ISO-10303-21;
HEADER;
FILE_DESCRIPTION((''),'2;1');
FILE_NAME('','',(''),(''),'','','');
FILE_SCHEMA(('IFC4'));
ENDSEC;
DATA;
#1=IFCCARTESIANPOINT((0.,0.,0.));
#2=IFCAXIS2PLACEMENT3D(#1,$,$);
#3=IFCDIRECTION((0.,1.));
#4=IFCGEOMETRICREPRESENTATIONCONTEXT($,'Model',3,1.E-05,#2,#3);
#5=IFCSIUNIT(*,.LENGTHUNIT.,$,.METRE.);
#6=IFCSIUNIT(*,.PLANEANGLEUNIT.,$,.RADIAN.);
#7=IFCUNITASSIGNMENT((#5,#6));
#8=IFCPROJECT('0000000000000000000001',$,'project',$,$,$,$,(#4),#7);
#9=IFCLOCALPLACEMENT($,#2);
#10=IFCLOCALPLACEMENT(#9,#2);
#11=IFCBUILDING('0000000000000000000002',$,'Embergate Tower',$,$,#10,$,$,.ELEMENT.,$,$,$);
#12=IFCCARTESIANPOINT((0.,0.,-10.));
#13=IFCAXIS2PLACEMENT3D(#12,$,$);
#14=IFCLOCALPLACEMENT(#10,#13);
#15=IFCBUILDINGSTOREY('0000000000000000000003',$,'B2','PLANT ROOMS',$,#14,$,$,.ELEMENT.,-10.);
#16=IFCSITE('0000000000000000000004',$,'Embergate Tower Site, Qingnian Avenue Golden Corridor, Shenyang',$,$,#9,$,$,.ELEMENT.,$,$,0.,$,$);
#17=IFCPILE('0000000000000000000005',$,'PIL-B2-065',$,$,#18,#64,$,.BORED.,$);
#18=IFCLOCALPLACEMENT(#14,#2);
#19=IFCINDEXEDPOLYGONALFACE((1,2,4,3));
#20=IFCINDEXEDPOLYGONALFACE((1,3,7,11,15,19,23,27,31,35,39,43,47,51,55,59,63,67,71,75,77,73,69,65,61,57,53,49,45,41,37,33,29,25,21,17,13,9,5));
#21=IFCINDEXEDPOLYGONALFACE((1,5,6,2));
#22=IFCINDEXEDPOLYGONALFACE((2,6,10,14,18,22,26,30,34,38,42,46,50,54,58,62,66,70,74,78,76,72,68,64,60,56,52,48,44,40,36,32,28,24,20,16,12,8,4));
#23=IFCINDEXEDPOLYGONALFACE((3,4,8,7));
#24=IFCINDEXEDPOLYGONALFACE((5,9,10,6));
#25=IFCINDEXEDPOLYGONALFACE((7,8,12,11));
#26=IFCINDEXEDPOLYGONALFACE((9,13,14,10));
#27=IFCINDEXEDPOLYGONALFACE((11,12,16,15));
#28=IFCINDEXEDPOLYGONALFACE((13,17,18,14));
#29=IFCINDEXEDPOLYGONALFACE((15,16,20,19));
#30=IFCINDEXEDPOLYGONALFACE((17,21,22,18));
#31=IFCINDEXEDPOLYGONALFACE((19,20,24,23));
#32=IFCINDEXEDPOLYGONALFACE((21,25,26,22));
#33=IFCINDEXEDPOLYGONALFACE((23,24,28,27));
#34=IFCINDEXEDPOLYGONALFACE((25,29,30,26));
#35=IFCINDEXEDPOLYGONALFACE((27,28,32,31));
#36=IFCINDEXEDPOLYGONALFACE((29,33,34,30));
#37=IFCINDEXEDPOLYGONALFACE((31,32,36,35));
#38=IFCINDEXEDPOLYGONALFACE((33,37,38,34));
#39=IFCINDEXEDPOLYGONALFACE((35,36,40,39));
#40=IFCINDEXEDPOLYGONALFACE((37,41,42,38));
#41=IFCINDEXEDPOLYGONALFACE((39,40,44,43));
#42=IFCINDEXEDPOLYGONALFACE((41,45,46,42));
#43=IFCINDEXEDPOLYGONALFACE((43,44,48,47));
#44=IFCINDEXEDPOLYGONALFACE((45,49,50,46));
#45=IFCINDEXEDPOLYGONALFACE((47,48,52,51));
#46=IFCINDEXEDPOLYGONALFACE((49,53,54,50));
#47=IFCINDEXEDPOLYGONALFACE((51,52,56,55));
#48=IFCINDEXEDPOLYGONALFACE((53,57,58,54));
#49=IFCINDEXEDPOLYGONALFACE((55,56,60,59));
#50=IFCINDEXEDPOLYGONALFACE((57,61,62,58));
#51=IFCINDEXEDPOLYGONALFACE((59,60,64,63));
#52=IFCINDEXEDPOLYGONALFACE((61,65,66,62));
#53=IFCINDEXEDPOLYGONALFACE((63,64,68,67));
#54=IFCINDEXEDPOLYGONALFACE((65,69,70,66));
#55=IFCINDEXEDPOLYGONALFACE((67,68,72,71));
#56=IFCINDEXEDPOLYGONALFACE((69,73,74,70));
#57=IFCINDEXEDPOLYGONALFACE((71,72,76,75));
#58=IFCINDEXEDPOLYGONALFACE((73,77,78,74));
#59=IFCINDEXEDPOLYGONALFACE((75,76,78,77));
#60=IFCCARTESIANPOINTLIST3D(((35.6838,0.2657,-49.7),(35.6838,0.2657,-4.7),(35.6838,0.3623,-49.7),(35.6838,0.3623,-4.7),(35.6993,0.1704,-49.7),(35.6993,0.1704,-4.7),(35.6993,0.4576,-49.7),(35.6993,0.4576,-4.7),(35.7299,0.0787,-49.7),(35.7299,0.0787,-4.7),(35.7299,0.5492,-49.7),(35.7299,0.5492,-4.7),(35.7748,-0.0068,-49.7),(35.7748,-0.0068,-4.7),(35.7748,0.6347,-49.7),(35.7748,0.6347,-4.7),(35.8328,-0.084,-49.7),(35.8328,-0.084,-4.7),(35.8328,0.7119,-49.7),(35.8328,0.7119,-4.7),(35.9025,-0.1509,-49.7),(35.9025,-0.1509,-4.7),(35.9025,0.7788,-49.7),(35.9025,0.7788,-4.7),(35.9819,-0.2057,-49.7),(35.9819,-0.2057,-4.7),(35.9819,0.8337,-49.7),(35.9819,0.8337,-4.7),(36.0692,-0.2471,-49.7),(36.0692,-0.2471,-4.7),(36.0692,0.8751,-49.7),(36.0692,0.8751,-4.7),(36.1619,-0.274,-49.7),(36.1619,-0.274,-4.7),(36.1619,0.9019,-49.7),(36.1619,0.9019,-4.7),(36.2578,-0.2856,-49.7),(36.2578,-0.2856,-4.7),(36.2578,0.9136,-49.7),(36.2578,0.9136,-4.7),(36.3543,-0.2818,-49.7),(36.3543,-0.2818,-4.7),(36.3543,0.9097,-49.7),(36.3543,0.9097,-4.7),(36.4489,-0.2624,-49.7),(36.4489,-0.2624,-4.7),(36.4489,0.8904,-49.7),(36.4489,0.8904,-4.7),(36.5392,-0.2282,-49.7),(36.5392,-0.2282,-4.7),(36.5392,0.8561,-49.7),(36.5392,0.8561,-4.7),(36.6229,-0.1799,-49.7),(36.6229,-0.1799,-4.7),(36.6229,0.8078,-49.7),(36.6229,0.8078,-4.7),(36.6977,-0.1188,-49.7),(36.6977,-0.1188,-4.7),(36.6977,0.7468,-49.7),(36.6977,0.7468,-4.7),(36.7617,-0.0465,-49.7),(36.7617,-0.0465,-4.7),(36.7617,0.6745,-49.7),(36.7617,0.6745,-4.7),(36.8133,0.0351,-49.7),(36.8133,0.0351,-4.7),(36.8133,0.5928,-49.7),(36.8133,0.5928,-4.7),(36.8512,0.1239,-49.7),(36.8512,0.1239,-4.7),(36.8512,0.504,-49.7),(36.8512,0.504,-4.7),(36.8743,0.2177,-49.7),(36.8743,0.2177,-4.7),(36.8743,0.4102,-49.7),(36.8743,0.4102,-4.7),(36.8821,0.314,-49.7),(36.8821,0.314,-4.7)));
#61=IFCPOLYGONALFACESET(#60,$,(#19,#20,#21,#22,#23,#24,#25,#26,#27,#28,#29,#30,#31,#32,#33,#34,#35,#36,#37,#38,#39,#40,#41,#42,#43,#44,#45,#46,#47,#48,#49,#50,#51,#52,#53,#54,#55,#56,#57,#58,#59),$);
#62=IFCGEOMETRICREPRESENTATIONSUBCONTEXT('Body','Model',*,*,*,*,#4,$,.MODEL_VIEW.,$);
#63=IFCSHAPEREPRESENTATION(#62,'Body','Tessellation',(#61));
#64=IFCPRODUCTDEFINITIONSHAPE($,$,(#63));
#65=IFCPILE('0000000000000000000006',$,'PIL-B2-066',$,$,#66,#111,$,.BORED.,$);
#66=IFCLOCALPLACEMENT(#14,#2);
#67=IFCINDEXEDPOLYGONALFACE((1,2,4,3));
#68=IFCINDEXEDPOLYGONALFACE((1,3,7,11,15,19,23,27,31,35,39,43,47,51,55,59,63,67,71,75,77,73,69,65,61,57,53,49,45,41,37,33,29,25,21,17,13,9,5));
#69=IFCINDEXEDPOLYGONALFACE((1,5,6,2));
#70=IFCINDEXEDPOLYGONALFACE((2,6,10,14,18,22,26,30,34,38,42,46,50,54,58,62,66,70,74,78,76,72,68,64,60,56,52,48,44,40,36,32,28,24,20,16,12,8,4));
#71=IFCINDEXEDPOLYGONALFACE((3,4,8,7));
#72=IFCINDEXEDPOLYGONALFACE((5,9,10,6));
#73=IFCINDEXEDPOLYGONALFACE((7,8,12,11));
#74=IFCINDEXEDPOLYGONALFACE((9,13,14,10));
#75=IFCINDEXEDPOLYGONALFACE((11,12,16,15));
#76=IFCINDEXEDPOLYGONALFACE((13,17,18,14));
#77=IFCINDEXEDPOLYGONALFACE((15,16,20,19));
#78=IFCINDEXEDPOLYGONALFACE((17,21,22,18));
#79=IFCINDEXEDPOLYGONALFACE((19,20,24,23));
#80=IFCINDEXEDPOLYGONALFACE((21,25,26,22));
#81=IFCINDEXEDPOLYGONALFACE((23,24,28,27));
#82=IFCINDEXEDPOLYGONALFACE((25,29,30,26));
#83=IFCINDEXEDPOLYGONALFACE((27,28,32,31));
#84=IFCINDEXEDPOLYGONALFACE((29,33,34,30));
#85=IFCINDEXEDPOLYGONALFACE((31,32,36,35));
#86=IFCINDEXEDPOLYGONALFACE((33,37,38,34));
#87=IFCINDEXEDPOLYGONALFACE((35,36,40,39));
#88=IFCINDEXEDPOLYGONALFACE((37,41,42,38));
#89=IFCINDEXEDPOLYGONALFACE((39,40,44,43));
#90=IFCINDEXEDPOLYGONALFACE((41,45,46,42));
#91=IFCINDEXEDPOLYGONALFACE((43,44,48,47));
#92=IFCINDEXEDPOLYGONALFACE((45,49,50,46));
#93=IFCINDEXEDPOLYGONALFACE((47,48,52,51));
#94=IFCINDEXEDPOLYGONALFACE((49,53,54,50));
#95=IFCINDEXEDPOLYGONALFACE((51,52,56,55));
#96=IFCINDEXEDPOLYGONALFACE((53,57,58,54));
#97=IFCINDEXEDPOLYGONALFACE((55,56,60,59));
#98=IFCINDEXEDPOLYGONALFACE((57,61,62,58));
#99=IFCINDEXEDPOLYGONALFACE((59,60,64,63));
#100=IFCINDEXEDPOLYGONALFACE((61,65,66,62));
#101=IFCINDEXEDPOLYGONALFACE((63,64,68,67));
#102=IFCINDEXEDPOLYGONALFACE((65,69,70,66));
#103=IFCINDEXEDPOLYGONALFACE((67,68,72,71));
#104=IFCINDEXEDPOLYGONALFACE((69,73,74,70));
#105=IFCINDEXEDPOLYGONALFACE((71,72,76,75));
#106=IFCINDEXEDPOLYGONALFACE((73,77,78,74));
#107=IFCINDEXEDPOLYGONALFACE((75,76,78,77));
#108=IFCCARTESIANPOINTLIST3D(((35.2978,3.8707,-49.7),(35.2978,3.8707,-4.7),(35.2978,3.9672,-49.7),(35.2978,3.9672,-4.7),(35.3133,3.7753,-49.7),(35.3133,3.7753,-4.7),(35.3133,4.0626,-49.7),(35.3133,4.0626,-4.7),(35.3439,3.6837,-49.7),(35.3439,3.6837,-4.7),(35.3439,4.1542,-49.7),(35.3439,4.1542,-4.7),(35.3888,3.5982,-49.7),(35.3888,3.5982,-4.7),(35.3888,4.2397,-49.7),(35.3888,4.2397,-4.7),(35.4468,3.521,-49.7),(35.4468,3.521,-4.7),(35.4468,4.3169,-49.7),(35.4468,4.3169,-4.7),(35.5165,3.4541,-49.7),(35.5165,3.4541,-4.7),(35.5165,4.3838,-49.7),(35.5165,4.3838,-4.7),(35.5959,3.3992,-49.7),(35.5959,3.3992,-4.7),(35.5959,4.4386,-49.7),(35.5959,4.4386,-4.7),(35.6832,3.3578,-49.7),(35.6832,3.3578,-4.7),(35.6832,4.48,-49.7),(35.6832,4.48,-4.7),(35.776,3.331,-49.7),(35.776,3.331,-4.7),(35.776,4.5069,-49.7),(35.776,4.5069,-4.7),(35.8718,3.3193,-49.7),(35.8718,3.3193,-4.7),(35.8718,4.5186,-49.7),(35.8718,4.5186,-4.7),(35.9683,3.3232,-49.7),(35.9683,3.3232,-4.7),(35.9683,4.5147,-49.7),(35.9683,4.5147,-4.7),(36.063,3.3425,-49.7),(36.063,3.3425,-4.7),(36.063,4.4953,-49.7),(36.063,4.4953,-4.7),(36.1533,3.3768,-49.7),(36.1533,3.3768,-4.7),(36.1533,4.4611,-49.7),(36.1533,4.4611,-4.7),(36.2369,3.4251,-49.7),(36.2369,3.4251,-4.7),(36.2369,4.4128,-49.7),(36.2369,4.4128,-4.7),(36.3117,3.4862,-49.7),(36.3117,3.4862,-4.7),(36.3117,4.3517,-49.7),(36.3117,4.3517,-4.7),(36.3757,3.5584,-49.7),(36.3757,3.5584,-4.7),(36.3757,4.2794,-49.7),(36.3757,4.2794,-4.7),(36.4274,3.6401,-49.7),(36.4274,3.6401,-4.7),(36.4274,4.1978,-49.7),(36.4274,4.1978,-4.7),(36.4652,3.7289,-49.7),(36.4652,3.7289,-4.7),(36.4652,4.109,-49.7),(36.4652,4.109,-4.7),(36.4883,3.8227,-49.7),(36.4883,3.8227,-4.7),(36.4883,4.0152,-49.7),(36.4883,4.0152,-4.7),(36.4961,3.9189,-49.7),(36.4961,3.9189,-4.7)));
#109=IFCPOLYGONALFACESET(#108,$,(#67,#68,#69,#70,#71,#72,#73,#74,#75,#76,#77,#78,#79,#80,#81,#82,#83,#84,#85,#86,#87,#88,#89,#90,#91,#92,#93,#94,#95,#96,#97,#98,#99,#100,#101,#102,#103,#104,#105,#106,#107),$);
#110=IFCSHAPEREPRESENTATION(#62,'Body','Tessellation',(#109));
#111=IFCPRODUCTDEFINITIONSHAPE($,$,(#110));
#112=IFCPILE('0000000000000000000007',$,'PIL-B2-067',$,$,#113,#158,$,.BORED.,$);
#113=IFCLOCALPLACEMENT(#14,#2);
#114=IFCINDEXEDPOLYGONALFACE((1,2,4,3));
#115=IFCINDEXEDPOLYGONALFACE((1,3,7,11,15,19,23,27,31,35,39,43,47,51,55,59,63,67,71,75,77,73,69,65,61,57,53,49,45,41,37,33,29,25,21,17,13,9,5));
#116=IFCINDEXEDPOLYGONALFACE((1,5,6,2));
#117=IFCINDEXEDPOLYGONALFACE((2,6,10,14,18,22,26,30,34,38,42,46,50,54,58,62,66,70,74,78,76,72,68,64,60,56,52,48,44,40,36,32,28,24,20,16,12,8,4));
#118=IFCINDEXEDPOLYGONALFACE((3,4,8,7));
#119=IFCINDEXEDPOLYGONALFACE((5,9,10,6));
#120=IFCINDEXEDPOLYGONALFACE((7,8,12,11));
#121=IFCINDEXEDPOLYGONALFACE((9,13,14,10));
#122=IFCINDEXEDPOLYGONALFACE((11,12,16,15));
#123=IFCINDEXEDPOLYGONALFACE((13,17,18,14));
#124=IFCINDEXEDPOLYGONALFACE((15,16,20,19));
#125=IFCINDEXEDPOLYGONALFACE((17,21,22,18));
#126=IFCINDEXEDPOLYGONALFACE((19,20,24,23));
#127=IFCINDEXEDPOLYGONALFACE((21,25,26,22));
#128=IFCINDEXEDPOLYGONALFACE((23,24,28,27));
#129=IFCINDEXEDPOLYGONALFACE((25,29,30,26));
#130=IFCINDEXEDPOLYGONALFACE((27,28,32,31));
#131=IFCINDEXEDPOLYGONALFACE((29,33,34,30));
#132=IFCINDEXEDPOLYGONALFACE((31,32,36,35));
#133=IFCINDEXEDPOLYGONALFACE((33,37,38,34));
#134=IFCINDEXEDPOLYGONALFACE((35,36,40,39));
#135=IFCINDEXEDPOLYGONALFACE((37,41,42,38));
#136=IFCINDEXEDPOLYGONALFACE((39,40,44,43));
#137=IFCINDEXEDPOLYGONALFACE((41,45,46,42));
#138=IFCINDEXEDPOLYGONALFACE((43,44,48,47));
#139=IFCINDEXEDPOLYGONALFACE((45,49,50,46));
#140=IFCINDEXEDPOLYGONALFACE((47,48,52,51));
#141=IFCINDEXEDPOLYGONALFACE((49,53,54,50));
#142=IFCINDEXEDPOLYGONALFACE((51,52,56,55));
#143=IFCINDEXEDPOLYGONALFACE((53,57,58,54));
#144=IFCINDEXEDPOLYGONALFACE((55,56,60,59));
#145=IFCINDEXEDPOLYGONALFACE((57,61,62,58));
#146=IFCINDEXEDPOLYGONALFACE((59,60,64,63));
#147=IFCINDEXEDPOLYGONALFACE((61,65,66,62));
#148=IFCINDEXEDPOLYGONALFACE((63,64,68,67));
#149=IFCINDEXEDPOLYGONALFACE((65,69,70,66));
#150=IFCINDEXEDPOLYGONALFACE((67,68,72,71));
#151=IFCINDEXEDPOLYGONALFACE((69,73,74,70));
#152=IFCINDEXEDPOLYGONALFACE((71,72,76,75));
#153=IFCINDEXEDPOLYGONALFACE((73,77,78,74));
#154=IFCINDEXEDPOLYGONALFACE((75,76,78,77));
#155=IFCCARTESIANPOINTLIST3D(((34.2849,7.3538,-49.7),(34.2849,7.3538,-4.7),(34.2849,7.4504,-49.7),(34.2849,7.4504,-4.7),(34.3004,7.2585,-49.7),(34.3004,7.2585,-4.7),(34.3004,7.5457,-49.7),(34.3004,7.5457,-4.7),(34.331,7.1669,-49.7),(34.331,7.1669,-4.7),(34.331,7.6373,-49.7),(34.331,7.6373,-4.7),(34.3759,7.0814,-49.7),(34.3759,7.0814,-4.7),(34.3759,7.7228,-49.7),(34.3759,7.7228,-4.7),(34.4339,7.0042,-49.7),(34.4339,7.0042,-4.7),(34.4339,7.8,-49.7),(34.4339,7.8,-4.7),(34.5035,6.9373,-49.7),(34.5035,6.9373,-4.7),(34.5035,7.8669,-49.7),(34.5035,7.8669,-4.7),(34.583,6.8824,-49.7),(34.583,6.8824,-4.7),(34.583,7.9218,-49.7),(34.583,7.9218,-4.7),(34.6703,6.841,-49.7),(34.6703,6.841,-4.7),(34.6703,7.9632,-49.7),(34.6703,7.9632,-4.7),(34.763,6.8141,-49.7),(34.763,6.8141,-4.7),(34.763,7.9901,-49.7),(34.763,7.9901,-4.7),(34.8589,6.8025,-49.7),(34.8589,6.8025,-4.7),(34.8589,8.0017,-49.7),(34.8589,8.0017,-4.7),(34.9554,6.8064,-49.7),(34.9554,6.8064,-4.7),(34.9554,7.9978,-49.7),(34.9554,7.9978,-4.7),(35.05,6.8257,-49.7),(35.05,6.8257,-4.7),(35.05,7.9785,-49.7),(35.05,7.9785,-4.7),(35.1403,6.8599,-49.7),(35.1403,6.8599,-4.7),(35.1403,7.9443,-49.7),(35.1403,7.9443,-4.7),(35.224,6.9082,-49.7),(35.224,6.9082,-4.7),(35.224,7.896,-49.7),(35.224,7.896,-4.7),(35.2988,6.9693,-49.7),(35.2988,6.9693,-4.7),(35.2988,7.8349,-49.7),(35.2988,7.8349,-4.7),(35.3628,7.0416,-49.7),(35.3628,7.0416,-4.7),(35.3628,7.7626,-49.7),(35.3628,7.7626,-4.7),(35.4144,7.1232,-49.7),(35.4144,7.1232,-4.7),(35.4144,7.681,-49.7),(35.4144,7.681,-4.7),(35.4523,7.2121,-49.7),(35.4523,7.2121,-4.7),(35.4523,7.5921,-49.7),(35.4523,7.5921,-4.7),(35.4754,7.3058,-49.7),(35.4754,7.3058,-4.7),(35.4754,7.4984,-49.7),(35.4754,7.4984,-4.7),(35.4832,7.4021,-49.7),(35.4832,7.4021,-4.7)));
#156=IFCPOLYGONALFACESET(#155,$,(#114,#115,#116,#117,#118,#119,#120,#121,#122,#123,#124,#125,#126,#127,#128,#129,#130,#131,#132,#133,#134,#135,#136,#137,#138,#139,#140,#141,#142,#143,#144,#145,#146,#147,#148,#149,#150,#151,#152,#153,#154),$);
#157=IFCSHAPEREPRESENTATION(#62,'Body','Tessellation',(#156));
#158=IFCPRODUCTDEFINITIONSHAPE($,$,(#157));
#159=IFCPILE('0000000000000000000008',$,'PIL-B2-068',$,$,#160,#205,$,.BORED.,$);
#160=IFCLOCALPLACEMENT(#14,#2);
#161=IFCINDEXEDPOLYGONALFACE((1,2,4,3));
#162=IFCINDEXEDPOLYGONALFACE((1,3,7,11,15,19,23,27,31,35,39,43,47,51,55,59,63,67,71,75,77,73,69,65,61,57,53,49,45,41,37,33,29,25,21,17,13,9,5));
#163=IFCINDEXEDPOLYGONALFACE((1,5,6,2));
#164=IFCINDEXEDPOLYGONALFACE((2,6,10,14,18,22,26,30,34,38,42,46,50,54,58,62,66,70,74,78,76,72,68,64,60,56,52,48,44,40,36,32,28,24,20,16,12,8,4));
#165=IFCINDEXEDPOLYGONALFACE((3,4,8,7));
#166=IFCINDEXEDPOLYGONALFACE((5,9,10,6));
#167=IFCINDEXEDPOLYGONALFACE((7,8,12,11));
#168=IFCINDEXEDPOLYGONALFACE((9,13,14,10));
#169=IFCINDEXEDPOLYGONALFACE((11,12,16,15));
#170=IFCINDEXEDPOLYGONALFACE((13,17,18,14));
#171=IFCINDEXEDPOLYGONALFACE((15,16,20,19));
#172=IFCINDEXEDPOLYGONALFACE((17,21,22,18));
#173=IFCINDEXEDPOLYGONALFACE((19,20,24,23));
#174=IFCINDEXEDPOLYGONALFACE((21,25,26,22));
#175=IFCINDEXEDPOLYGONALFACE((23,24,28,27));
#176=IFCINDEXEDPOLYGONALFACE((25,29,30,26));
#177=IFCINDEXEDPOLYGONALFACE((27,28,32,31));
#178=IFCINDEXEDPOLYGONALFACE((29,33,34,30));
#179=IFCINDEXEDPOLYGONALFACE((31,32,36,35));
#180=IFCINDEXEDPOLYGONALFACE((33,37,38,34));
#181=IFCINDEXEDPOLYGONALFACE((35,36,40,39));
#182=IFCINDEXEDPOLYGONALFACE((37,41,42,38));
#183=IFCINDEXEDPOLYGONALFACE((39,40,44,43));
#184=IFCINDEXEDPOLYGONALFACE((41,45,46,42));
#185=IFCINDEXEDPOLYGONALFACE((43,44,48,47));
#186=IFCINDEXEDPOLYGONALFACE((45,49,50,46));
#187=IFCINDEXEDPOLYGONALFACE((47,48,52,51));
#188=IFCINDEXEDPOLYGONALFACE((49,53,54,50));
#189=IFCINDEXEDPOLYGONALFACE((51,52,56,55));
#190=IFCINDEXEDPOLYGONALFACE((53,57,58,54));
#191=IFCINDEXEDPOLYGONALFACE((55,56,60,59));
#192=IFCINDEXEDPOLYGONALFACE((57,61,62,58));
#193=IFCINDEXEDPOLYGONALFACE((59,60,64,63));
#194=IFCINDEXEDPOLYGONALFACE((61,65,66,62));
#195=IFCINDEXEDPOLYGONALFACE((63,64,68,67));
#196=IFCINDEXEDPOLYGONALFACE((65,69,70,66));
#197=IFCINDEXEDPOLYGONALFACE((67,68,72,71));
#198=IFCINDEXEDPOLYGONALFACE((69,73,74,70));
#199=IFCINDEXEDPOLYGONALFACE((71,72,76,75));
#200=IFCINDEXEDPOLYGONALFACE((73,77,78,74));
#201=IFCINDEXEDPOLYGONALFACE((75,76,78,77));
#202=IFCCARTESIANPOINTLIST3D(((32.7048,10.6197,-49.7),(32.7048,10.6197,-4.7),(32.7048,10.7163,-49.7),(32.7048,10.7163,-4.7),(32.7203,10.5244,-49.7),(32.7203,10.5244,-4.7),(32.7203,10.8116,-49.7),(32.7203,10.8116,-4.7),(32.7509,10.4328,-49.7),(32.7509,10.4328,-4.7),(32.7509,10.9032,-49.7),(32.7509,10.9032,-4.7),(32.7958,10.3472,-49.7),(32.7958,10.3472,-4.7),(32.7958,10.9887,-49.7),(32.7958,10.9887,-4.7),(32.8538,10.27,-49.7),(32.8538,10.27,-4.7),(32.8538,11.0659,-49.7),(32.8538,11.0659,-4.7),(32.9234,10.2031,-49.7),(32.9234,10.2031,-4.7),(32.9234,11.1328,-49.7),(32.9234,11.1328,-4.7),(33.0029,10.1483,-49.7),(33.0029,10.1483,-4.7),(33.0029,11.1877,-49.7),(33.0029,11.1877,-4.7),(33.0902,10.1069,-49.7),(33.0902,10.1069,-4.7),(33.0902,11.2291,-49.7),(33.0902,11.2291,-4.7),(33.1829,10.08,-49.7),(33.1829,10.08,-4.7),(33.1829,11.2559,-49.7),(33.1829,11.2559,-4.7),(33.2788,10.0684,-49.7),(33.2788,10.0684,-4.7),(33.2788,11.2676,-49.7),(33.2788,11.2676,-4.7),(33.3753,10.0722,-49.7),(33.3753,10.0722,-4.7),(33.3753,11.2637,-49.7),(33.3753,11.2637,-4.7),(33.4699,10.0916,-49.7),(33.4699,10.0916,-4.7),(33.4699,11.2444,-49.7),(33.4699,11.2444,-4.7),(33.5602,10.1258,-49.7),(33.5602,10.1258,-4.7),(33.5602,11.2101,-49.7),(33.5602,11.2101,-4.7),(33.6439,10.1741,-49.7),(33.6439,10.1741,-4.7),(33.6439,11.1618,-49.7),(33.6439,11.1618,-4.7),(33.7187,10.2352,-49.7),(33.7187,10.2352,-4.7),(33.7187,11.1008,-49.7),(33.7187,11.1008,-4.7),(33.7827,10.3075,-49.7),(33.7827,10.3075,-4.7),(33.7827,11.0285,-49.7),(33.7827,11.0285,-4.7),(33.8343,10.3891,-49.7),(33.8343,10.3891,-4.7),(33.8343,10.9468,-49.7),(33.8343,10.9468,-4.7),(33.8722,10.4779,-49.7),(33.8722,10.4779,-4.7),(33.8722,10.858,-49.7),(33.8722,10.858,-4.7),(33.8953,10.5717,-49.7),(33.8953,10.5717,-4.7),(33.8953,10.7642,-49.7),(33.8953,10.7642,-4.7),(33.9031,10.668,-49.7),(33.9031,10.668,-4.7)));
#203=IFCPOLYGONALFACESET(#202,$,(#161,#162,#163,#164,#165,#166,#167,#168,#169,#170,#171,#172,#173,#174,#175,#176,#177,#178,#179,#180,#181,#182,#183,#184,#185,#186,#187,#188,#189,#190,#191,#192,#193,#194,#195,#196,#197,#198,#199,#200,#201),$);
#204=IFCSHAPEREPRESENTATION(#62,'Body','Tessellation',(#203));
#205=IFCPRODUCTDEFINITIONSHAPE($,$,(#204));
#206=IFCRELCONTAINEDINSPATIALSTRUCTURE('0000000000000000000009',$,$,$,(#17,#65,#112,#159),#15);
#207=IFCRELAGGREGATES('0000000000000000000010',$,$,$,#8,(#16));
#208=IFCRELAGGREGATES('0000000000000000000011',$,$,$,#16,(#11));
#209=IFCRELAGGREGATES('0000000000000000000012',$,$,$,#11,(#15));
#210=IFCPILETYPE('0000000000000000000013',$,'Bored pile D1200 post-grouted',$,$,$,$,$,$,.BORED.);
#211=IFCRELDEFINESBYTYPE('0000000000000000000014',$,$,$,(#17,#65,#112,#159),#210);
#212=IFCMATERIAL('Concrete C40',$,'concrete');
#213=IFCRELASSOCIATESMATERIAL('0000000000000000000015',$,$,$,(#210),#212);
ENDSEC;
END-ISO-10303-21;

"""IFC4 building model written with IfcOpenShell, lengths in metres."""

from ifc_helpers import new_model, si_unit, direction, frame, origin, origin_2d, place, context, subcontext, project, spatial, circle, extrude, source, transform, mapped, material, material_profile, profile_set, type_object, element, save


model = new_model("IFC4")

# Units and contexts
model_context = context("Model", 3, precision=1e-05, world=origin(), true_north=direction((0.0, 1.0)))
body_context = subcontext(model_context, "Body", "Model", "MODEL_VIEW")
ifc_project = project(units=[si_unit("LENGTHUNIT", "METRE"), si_unit("PLANEANGLEUNIT", "RADIAN")], contexts=[model_context])

# Site, building, storey
site_placement = place(None, origin())
site = spatial("IfcSite", under=ifc_project, at=site_placement, Name="Embergate Tower Site, Qingnian Avenue Golden Corridor, Shenyang", CompositionType="ELEMENT", RefElevation=0.0)
building_placement = place(site_placement, origin())
building = spatial("IfcBuilding", under=site, at=building_placement, Name="Embergate Tower", CompositionType="ELEMENT")
storey_placement = place(building_placement, frame((0.0, 0.0, -10.0)))
storey = spatial("IfcBuildingStorey", under=building, at=storey_placement, Name="B2", Description="PLANT ROOMS", CompositionType="ELEMENT", Elevation=-10.0)

# Piles
ifc_material_1 = material(Name="Concrete C40", Category="concrete")
ifc_material_profile_1 = material_profile(ifc_material_1, circle(Radius=0.6001, at=origin_2d()), Name="D1200")
ifc_profile_set_1 = profile_set([ifc_material_profile_1], Name="Concrete C40")
pile_type = type_object("IfcPileType", Name="Bored pile D1200 post-grouted", PredefinedType="BORED", material=ifc_profile_set_1)
shared_shape_1 = source(origin(), body_context, "Body", "SweptSolid", [
    extrude(circle(Radius=0.6001, at=origin_2d()), origin(), (0.0, 0.0, 1.0), 45.0),
])
for number, where, z_axis, x_axis, name in (
    (1, (36.282, 0.314, -4.7), (0.0, 0.0, -1.0), (1.0, 0.0, 0.0), "PIL-B2-065"),
    (2, (35.896, 3.9189, -4.7), (0.0, 0.0, -1.0), (1.0, 0.0, 0.0), "PIL-B2-066"),
    (3, (34.8831, 7.4021, -4.7), (0.0, 0.0, -1.0), (1.0, 0.0, 0.0), "PIL-B2-067"),
    (4, (33.303, 10.668, -4.7), (0.0, 0.0, -1.0), (1.0, 0.0, 0.0), "PIL-B2-068"),
):
    element("IfcPile", number, at=place(storey_placement, frame(where, z_axis=z_axis, x_axis=x_axis)), inside=storey, type_object=pile_type, Name=name, PredefinedType="BORED", context=body_context, shape_type="MappedRepresentation", body=[
        mapped(shared_shape_1, transform((0.0, 0.0, 0.0))),
    ])

save(model, "model.ifc")
